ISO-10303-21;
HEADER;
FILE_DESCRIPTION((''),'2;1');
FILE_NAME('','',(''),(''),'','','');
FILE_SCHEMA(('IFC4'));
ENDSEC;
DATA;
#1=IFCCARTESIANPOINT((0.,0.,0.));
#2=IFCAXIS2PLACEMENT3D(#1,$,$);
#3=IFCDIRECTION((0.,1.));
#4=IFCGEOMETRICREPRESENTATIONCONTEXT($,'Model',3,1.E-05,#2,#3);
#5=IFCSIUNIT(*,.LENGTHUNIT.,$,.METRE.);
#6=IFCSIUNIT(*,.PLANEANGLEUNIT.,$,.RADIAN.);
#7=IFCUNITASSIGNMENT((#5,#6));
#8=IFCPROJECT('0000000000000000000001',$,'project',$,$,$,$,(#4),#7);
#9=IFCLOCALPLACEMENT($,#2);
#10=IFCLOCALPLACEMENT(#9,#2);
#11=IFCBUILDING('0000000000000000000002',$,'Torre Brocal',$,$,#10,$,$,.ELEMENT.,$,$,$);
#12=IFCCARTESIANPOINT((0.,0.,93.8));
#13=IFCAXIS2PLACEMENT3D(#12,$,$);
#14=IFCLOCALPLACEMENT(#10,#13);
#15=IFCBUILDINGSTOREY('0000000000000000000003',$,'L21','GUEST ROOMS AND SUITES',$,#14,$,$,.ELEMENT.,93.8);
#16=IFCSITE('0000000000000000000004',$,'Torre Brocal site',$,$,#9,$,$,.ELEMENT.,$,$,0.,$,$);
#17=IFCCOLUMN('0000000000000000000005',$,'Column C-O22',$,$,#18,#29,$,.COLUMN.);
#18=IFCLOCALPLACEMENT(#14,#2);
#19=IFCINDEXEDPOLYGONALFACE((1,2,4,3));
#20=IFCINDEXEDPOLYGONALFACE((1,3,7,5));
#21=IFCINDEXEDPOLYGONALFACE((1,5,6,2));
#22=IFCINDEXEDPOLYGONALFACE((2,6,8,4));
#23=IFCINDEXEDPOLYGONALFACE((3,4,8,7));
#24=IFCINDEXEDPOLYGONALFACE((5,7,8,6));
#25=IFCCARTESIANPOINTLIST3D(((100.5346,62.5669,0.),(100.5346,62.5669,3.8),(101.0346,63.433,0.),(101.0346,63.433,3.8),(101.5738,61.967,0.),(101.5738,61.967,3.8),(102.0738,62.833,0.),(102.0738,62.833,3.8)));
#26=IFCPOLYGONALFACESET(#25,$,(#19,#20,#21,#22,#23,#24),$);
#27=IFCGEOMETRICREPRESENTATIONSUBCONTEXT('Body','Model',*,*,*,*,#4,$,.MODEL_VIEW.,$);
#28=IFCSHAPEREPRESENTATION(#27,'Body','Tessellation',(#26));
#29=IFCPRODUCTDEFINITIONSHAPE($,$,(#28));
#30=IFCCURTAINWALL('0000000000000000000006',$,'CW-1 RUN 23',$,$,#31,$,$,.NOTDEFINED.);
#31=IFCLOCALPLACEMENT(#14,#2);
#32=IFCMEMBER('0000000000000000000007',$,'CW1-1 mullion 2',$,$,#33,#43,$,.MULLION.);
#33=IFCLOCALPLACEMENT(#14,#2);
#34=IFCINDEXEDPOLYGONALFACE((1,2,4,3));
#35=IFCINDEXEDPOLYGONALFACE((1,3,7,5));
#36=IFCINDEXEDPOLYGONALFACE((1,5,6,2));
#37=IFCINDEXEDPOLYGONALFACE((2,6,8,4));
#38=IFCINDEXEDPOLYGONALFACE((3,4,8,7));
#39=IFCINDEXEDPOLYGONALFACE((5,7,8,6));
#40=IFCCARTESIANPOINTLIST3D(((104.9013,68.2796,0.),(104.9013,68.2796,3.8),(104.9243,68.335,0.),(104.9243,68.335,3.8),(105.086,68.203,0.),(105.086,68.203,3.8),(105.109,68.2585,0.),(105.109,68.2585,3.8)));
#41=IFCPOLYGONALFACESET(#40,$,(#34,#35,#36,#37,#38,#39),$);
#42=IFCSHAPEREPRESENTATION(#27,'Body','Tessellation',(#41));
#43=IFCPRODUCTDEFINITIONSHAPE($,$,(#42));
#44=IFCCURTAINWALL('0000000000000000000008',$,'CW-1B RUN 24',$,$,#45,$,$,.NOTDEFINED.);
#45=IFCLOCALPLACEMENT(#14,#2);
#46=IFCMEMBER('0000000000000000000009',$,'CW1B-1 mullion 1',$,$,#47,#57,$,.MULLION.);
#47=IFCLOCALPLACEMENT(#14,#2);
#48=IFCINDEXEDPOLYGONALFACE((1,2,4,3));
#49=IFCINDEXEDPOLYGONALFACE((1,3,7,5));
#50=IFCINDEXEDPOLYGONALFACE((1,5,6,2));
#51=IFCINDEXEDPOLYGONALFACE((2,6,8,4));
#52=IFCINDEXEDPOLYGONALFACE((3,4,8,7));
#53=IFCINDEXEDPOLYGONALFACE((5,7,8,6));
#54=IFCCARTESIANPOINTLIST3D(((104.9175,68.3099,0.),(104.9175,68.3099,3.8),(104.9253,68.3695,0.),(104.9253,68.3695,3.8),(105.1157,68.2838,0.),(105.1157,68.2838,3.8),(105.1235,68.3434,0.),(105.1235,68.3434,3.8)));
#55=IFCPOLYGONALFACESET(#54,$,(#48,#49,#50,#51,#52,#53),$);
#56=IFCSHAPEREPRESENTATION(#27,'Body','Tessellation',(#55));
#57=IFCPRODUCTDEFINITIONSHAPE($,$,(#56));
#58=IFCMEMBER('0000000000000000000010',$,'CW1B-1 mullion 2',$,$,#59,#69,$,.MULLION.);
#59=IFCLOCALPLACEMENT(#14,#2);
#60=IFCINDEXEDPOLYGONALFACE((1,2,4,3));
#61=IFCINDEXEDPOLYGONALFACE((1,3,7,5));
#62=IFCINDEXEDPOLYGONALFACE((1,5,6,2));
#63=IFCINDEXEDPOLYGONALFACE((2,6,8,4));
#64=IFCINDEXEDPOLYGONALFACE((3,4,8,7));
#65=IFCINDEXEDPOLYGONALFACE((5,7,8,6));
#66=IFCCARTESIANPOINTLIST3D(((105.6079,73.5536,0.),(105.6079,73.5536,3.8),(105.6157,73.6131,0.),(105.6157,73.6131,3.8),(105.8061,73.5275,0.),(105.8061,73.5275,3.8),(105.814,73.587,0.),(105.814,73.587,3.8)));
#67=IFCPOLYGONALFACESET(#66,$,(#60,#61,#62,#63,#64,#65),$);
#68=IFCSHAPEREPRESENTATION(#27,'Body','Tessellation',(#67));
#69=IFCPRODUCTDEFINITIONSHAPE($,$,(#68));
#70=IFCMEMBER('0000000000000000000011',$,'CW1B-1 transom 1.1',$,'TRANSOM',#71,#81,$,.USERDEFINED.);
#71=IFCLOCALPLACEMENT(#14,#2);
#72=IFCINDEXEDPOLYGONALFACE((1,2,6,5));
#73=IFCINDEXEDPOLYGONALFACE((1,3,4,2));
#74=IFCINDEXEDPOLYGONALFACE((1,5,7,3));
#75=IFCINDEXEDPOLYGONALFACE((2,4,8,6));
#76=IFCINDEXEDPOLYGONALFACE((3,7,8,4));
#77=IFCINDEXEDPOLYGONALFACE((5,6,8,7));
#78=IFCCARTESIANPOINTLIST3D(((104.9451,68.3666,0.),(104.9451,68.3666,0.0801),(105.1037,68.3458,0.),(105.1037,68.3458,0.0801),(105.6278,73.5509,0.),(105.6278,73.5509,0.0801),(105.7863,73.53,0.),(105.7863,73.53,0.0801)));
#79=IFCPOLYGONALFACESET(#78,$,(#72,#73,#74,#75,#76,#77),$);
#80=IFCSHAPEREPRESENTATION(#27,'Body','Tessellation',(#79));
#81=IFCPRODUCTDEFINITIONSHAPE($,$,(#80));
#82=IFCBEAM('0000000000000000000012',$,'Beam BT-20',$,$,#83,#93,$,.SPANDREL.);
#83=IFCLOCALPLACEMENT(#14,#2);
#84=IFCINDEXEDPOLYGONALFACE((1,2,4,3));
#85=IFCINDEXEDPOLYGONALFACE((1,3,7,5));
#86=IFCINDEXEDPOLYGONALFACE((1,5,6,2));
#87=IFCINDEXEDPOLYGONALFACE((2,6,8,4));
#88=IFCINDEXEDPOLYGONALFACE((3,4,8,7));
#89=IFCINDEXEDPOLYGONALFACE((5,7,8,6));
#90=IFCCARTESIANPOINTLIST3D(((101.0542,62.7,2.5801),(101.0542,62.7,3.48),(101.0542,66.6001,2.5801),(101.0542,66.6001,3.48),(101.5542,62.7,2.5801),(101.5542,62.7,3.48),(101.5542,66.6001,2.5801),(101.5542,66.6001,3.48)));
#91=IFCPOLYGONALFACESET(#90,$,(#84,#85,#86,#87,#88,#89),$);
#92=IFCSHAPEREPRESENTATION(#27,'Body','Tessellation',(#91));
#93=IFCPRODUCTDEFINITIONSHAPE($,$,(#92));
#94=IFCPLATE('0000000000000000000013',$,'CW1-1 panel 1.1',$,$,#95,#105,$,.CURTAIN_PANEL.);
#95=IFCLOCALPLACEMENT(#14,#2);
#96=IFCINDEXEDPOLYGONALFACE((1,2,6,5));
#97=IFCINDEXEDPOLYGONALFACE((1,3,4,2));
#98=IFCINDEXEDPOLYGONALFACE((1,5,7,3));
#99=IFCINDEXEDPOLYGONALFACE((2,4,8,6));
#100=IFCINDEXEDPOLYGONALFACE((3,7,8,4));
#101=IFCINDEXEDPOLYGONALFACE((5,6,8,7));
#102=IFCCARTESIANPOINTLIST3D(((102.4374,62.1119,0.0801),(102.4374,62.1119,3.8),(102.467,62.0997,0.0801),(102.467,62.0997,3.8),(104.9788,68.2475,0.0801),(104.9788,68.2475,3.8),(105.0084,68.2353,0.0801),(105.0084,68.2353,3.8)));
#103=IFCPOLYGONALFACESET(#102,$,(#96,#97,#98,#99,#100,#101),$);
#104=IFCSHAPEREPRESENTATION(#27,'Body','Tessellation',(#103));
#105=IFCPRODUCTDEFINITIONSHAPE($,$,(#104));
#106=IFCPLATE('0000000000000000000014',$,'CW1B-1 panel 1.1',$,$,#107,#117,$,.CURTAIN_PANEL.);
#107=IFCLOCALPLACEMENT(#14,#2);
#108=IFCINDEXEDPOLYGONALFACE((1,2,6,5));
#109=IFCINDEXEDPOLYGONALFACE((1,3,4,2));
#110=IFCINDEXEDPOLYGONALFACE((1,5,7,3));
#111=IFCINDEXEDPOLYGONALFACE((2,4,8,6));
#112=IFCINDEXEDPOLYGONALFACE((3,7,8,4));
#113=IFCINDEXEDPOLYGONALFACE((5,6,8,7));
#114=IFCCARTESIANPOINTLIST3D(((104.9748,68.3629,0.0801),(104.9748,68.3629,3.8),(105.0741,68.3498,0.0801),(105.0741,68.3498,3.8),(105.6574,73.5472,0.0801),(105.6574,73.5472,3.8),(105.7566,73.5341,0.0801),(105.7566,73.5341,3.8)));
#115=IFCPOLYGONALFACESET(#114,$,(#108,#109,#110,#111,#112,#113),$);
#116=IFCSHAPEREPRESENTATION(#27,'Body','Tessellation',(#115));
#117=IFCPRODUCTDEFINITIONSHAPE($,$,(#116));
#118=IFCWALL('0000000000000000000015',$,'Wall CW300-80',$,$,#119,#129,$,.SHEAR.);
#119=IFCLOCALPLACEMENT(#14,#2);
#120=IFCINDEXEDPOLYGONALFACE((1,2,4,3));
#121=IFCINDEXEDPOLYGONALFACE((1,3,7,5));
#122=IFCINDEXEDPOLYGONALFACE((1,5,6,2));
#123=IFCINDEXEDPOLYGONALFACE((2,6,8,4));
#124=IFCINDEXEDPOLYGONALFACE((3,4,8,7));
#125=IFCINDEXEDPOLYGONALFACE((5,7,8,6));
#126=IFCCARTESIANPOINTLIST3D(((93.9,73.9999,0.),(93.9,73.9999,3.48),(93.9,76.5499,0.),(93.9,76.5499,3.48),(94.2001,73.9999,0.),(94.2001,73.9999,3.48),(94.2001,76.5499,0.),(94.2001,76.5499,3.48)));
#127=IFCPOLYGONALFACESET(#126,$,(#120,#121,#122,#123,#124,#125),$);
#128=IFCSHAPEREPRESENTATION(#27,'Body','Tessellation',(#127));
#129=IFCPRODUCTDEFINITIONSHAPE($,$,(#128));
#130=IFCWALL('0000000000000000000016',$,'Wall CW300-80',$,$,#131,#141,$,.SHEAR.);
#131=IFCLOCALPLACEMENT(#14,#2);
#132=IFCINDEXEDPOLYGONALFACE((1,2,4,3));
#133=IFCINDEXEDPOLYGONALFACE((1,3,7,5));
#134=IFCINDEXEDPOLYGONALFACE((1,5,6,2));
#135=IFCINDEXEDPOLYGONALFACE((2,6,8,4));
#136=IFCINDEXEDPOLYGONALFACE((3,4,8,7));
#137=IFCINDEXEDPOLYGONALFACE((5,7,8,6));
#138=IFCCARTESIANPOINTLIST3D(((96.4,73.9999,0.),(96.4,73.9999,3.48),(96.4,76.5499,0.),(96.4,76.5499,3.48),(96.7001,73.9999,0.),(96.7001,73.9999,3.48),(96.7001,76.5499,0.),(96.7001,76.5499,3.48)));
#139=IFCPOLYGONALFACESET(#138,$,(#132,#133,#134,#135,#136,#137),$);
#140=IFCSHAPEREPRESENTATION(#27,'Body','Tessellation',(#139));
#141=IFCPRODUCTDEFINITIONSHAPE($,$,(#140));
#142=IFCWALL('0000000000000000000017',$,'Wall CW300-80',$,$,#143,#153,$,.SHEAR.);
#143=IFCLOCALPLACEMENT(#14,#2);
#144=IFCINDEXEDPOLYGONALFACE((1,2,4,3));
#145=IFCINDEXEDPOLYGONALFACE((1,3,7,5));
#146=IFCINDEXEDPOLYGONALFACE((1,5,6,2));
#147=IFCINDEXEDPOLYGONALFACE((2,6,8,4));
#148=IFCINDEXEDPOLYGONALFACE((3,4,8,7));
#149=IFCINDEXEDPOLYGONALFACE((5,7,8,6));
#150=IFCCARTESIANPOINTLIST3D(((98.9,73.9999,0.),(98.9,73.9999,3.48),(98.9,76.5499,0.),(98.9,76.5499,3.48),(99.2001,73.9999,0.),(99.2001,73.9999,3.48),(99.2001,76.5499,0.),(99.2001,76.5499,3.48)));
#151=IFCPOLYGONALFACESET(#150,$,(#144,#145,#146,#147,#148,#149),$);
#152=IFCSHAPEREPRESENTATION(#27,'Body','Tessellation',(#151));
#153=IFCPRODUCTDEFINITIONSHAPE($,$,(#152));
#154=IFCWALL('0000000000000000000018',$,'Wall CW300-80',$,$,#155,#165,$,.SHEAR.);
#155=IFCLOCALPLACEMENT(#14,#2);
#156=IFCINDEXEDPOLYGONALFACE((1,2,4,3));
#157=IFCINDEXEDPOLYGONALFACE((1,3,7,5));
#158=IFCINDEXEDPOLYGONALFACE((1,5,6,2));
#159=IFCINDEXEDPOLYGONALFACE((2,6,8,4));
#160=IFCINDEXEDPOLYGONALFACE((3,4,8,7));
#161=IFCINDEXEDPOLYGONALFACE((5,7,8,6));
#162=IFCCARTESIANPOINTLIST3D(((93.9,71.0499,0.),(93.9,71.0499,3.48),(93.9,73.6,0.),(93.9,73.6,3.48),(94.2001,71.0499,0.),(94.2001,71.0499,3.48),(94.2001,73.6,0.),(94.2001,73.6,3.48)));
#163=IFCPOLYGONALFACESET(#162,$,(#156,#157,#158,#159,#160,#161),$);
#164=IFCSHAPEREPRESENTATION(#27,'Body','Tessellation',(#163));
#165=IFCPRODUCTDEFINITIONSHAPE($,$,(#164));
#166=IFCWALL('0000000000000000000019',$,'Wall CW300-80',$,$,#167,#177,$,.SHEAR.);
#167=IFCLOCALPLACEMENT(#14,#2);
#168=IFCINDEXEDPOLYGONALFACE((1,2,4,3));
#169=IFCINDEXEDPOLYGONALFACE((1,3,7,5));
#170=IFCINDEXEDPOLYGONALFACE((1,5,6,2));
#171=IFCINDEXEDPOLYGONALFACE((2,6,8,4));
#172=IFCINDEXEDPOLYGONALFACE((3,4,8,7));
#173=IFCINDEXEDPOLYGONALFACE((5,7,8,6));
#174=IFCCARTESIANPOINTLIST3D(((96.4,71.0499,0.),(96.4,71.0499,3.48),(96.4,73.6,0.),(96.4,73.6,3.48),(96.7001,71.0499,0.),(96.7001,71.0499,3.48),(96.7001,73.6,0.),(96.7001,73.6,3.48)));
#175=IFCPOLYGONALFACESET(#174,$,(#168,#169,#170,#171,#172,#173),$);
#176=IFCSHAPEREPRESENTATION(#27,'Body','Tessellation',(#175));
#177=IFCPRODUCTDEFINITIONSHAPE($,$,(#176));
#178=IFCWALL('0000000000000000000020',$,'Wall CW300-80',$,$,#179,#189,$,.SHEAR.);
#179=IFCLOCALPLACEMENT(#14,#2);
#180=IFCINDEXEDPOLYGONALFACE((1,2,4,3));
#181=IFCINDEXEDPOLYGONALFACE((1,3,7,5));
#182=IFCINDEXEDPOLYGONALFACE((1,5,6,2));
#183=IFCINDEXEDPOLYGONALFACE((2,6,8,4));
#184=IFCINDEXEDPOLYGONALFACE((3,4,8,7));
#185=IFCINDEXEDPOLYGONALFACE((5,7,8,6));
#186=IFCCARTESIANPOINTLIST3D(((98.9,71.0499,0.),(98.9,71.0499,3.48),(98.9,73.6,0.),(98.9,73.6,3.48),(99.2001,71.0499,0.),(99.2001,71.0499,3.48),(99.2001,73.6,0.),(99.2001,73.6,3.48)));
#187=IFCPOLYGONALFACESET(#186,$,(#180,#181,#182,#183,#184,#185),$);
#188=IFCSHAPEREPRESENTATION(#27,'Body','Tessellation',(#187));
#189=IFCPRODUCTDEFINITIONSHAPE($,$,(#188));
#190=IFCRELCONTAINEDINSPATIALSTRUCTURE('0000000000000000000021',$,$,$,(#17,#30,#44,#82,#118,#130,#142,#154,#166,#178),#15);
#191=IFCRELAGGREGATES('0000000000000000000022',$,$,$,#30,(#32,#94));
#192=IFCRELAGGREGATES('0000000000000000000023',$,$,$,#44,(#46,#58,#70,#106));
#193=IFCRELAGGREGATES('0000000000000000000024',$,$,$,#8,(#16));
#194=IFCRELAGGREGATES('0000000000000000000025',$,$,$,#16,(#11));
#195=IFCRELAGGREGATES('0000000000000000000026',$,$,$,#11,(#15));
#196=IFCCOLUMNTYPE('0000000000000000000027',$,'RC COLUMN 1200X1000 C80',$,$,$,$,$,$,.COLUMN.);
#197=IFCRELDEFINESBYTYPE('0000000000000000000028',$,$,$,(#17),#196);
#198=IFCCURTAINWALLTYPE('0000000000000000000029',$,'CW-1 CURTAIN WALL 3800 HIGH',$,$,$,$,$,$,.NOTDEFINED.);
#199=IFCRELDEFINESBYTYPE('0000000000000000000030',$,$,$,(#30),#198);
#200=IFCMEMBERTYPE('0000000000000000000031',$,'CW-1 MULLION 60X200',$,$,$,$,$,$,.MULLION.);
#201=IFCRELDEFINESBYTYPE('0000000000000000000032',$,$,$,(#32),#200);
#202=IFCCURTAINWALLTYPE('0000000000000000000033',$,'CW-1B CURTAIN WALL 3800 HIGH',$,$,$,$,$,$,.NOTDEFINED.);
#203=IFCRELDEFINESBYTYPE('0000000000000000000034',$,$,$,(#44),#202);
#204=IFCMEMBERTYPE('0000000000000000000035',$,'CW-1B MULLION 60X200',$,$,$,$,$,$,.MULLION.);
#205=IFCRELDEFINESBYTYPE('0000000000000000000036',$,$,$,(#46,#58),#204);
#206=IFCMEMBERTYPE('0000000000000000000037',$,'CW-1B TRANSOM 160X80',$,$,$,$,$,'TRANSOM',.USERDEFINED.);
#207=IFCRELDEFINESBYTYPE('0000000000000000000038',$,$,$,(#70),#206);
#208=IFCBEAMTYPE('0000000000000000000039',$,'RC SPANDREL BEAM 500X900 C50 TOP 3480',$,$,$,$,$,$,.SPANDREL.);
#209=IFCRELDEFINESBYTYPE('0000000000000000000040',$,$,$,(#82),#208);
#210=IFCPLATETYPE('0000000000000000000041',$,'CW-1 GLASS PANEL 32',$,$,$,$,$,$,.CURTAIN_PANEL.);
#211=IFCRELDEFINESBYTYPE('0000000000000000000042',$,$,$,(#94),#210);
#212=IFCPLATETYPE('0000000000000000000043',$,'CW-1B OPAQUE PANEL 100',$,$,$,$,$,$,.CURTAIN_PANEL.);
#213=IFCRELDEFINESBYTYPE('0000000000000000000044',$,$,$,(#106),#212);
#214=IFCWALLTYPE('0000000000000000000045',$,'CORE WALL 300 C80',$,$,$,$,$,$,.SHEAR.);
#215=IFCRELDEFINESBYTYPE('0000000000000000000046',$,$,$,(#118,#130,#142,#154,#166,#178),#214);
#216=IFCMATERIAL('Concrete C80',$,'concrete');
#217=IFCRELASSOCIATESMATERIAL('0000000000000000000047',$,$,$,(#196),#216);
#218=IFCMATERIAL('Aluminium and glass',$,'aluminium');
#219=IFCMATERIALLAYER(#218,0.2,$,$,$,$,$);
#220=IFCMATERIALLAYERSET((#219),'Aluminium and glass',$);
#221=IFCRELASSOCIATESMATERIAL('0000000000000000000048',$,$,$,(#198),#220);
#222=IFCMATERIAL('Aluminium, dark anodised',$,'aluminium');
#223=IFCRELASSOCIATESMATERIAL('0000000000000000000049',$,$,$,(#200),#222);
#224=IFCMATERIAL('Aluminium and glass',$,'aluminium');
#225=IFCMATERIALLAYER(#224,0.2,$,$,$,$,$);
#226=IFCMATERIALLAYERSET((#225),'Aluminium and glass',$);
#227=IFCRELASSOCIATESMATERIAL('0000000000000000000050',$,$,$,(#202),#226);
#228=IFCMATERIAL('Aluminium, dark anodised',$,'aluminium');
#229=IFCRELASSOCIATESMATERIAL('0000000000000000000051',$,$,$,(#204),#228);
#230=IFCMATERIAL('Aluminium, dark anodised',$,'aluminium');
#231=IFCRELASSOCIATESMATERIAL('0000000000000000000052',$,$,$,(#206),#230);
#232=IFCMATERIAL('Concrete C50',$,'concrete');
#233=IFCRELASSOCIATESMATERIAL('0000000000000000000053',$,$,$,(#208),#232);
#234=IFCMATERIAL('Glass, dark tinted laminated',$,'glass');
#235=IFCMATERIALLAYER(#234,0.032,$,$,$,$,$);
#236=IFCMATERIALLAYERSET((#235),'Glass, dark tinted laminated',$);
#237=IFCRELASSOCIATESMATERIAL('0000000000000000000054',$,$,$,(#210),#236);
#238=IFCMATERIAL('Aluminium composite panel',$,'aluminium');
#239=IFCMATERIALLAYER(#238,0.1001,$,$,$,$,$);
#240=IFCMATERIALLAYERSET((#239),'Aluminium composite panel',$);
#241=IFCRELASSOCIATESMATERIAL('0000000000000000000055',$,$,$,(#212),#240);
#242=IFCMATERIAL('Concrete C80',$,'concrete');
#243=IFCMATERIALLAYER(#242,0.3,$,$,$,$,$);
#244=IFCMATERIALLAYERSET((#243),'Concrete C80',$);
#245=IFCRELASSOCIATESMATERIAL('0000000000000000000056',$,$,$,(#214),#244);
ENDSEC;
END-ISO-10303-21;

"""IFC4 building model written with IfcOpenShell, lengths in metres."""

from ifc_helpers import new_model, si_unit, direction, frame, frame_2d, origin, origin_2d, place, context, subcontext, project, spatial, rectangle, extrude, material, layer, layer_set, material_profile, profile_set, type_object, element, aggregate, save


model = new_model("IFC4")

# Units and contexts
model_context = context("Model", 3, precision=1e-05, world=origin(), true_north=direction((0.0, 1.0)))
body_context = subcontext(model_context, "Body", "Model", "MODEL_VIEW")
ifc_project = project(units=[si_unit("LENGTHUNIT", "METRE"), si_unit("PLANEANGLEUNIT", "RADIAN")], contexts=[model_context])

# Site, building, storey
site_placement = place(None, origin())
site = spatial("IfcSite", under=ifc_project, at=site_placement, Name="Torre Brocal site", CompositionType="ELEMENT", RefElevation=0.0)
building_placement = place(site_placement, origin())
building = spatial("IfcBuilding", under=site, at=building_placement, Name="Torre Brocal", CompositionType="ELEMENT")
storey_placement = place(building_placement, frame((0.0, 0.0, 93.8)))
storey = spatial("IfcBuildingStorey", under=building, at=storey_placement, Name="L21", Description="GUEST ROOMS AND SUITES", CompositionType="ELEMENT", Elevation=93.8)

# Column
ifc_material_1 = material(Name="Concrete C80", Category="concrete")
ifc_material_profile_1 = material_profile(ifc_material_1, rectangle(XDim=1.2, YDim=1.0, at=origin_2d()), Name="RC 1200X1000")
ifc_profile_set_1 = profile_set([ifc_material_profile_1], Name="Concrete C80")
column_type = type_object("IfcColumnType", Name="RC COLUMN 1200X1000 C80", PredefinedType="COLUMN", material=ifc_profile_set_1)
column_placement = place(storey_placement, frame((101.3042, 62.7, 0.0), z_axis=(0.0, 0.0, 1.0), x_axis=(0.866025, -0.5, 0.0)))
element("IfcColumn", 1, at=column_placement, inside=storey, type_object=column_type, Name="Column C-O22", PredefinedType="COLUMN", context=body_context, shape_type="SweptSolid", body=[
    extrude(rectangle(XDim=1.2, YDim=1.0, at=origin_2d()), origin(), (0.0, 0.0, 1.0), 3.8),
])

# Curtain wall, member
ifc_material_2 = material(Name="Aluminium and glass", Category="aluminium")
ifc_layer_1 = layer(ifc_material_2, 0.2)
ifc_layer_set_1 = layer_set([ifc_layer_1], Name="Aluminium and glass")
curtain_wall_type_1 = type_object("IfcCurtainWallType", Name="CW-1 CURTAIN WALL 3800 HIGH", PredefinedType="NOTDEFINED", material=ifc_layer_set_1)
curtain_wall_1_placement = place(storey_placement, origin())
curtain_wall_1 = element("IfcCurtainWall", 2, at=curtain_wall_1_placement, inside=storey, type_object=curtain_wall_type_1, Name="CW-1 RUN 23", PredefinedType="NOTDEFINED")
ifc_material_3 = material(Name="Aluminium, dark anodised", Category="aluminium")
ifc_material_profile_2 = material_profile(ifc_material_3, rectangle(XDim=0.2, YDim=0.0601, at=origin_2d()), Name="CW-1 MULLION 60X200")
ifc_profile_set_2 = profile_set([ifc_material_profile_2], Name="Aluminium, dark anodised")
member_type_1 = type_object("IfcMemberType", Name="CW-1 MULLION 60X200", PredefinedType="MULLION", material=ifc_profile_set_2)
member_1_placement = place(storey_placement, frame((105.0051, 68.269, 0.0), z_axis=(0.0, 0.0, 1.0), x_axis=(-0.92388, 0.382683, 0.0)))
member_1 = element("IfcMember", 3, at=member_1_placement, type_object=member_type_1, Name="CW1-1 mullion 2", PredefinedType="MULLION", context=body_context, shape_type="SweptSolid", body=[
    extrude(rectangle(XDim=0.2, YDim=0.0601, at=origin_2d()), origin(), (0.0, 0.0, 1.0), 3.8),
])

# Curtain wall, members
ifc_material_4 = material(Name="Aluminium and glass", Category="aluminium")
ifc_layer_2 = layer(ifc_material_4, 0.2)
ifc_layer_set_2 = layer_set([ifc_layer_2], Name="Aluminium and glass")
curtain_wall_type_2 = type_object("IfcCurtainWallType", Name="CW-1B CURTAIN WALL 3800 HIGH", PredefinedType="NOTDEFINED", material=ifc_layer_set_2)
curtain_wall_2_placement = place(storey_placement, origin())
curtain_wall_2 = element("IfcCurtainWall", 4, at=curtain_wall_2_placement, inside=storey, type_object=curtain_wall_type_2, Name="CW-1B RUN 24", PredefinedType="NOTDEFINED")
ifc_material_5 = material(Name="Aluminium, dark anodised", Category="aluminium")
ifc_material_profile_3 = material_profile(ifc_material_5, rectangle(XDim=0.2, YDim=0.0601, at=origin_2d()), Name="CW-1B MULLION 60X200")
ifc_profile_set_3 = profile_set([ifc_material_profile_3], Name="Aluminium, dark anodised")
member_type_2 = type_object("IfcMemberType", Name="CW-1B MULLION 60X200", PredefinedType="MULLION", material=ifc_profile_set_3)
member_2_placement = place(storey_placement, frame((105.0205, 68.3267, 0.0), z_axis=(0.0, 0.0, 1.0), x_axis=(-0.991445, 0.130526, 0.0)))
member_2 = element("IfcMember", 5, at=member_2_placement, type_object=member_type_2, Name="CW1B-1 mullion 1", PredefinedType="MULLION", context=body_context, shape_type="SweptSolid", body=[
    extrude(rectangle(XDim=0.2, YDim=0.0601, at=origin_2d()), origin(), (0.0, 0.0, 1.0), 3.8),
])
member_3_placement = place(storey_placement, frame((105.7109, 73.5703, 0.0), z_axis=(0.0, 0.0, 1.0), x_axis=(-0.991445, 0.130526, 0.0)))
member_3 = element("IfcMember", 6, at=member_3_placement, type_object=member_type_2, Name="CW1B-1 mullion 2", PredefinedType="MULLION", context=body_context, shape_type="SweptSolid", body=[
    extrude(rectangle(XDim=0.2, YDim=0.0601, at=origin_2d()), origin(), (0.0, 0.0, 1.0), 3.8),
])
ifc_material_6 = material(Name="Aluminium, dark anodised", Category="aluminium")
ifc_material_profile_4 = material_profile(ifc_material_6, rectangle(XDim=0.1599, YDim=0.0801, at=origin_2d()), Name="CW-1B TRANSOM 160X80")
ifc_profile_set_4 = profile_set([ifc_material_profile_4], Name="Aluminium, dark anodised")
member_type_3 = type_object("IfcMemberType", Name="CW-1B TRANSOM 160X80", ElementType="TRANSOM", PredefinedType="USERDEFINED", material=ifc_profile_set_4)
member_4_placement = place(storey_placement, frame((105.0244, 68.3562, 0.04), z_axis=(0.130543, 0.991443, 0.0), x_axis=(-0.991443, 0.130543, 0.0)))
member_4 = element("IfcMember", 7, at=member_4_placement, type_object=member_type_3, Name="CW1B-1 transom 1.1", ObjectType="TRANSOM", PredefinedType="USERDEFINED", context=body_context, shape_type="SweptSolid", body=[
    extrude(rectangle(XDim=0.1599, YDim=0.0801, at=origin_2d()), origin(), (0.0, 0.0, 1.0), 5.229),
])

# Beam
ifc_material_7 = material(Name="Concrete C50", Category="concrete")
ifc_material_profile_5 = material_profile(ifc_material_7, rectangle(XDim=0.5, YDim=0.8999, at=origin_2d()), Name="RC 500X900")
ifc_profile_set_5 = profile_set([ifc_material_profile_5], Name="Concrete C50")
beam_type = type_object("IfcBeamType", Name="RC SPANDREL BEAM 500X900 C50 TOP 3480", PredefinedType="SPANDREL", material=ifc_profile_set_5)
beam_placement = place(storey_placement, frame((101.3042, 62.7, 3.03), z_axis=(0.0, 1.0, 0.0), x_axis=(-1.0, 0.0, 0.0)))
element("IfcBeam", 8, at=beam_placement, inside=storey, type_object=beam_type, Name="Beam BT-20", PredefinedType="SPANDREL", context=body_context, shape_type="SweptSolid", body=[
    extrude(rectangle(XDim=0.5, YDim=0.8999, at=origin_2d()), origin(), (0.0, 0.0, 1.0), 3.9001),
])

# Plates
ifc_material_8 = material(Name="Glass, dark tinted laminated", Category="glass")
ifc_layer_3 = layer(ifc_material_8, 0.032)
ifc_layer_set_3 = layer_set([ifc_layer_3], Name="Glass, dark tinted laminated")
plate_type_1 = type_object("IfcPlateType", Name="CW-1 GLASS PANEL 32", PredefinedType="CURTAIN_PANEL", material=ifc_layer_set_3)
plate_1_placement = place(storey_placement, frame((103.7229, 65.1736, 0.0801), z_axis=(0.0, 0.0, 1.0), x_axis=(0.382683, 0.92388, 0.0)))
plate_1 = element("IfcPlate", 9, at=plate_1_placement, type_object=plate_type_1, Name="CW1-1 panel 1.1", PredefinedType="CURTAIN_PANEL", context=body_context, shape_type="SweptSolid", body=[
    extrude(rectangle(XDim=6.6411, YDim=0.032, at=origin_2d()), origin(), (0.0, 0.0, 1.0), 3.72),
])
aggregate(curtain_wall_1, [member_1, plate_1])
ifc_material_9 = material(Name="Aluminium composite panel", Category="aluminium")
ifc_layer_4 = layer(ifc_material_9, 0.1001)
ifc_layer_set_4 = layer_set([ifc_layer_4], Name="Aluminium composite panel")
plate_type_2 = type_object("IfcPlateType", Name="CW-1B OPAQUE PANEL 100", PredefinedType="CURTAIN_PANEL", material=ifc_layer_set_4)
plate_2_placement = place(storey_placement, frame((105.3657, 70.9485, 0.0801), z_axis=(0.0, 0.0, 1.0), x_axis=(0.130526, 0.991445, 0.0)))
plate_2 = element("IfcPlate", 10, at=plate_2_placement, type_object=plate_type_2, Name="CW1B-1 panel 1.1", PredefinedType="CURTAIN_PANEL", context=body_context, shape_type="SweptSolid", body=[
    extrude(rectangle(XDim=5.229, YDim=0.1001, at=origin_2d()), origin(), (0.0, 0.0, 1.0), 3.72),
])
aggregate(curtain_wall_2, [member_2, member_3, member_4, plate_2])

# Walls
ifc_material_10 = material(Name="Concrete C80", Category="concrete")
ifc_layer_5 = layer(ifc_material_10, 0.3)
ifc_layer_set_5 = layer_set([ifc_layer_5], Name="Concrete C80")
wall_type_1 = type_object("IfcWallType", Name="CORE WALL 300 C80", PredefinedType="SHEAR", material=ifc_layer_set_5)
for number, where, z_axis, x_axis, name in (
    (11, (94.05, 74.0, 0.0), (0.0, 0.0, 1.0), (0.0, 1.0, 0.0), "Wall CW300-80"),
    (12, (96.55, 74.0, 0.0), (0.0, 0.0, 1.0), (0.0, 1.0, 0.0), "Wall CW300-80"),
    (13, (99.05, 74.0, 0.0), (0.0, 0.0, 1.0), (0.0, 1.0, 0.0), "Wall CW300-80"),
    (14, (94.05, 71.05, 0.0), (0.0, 0.0, 1.0), (0.0, 1.0, 0.0), "Wall CW300-80"),
    (15, (96.55, 71.05, 0.0), (0.0, 0.0, 1.0), (0.0, 1.0, 0.0), "Wall CW300-80"),
    (16, (99.05, 71.05, 0.0), (0.0, 0.0, 1.0), (0.0, 1.0, 0.0), "Wall CW300-80"),
):
    element("IfcWall", number, at=place(storey_placement, frame(where, z_axis=z_axis, x_axis=x_axis)), inside=storey, type_object=wall_type_1, Name=name, PredefinedType="SHEAR", context=body_context, shape_type="SweptSolid", body=[
        extrude(rectangle(XDim=2.55, YDim=0.3, at=frame_2d((1.2749, 0.0))), origin(), (0.0, 0.0, 1.0), 3.48),
    ])

save(model, "model.ifc")
